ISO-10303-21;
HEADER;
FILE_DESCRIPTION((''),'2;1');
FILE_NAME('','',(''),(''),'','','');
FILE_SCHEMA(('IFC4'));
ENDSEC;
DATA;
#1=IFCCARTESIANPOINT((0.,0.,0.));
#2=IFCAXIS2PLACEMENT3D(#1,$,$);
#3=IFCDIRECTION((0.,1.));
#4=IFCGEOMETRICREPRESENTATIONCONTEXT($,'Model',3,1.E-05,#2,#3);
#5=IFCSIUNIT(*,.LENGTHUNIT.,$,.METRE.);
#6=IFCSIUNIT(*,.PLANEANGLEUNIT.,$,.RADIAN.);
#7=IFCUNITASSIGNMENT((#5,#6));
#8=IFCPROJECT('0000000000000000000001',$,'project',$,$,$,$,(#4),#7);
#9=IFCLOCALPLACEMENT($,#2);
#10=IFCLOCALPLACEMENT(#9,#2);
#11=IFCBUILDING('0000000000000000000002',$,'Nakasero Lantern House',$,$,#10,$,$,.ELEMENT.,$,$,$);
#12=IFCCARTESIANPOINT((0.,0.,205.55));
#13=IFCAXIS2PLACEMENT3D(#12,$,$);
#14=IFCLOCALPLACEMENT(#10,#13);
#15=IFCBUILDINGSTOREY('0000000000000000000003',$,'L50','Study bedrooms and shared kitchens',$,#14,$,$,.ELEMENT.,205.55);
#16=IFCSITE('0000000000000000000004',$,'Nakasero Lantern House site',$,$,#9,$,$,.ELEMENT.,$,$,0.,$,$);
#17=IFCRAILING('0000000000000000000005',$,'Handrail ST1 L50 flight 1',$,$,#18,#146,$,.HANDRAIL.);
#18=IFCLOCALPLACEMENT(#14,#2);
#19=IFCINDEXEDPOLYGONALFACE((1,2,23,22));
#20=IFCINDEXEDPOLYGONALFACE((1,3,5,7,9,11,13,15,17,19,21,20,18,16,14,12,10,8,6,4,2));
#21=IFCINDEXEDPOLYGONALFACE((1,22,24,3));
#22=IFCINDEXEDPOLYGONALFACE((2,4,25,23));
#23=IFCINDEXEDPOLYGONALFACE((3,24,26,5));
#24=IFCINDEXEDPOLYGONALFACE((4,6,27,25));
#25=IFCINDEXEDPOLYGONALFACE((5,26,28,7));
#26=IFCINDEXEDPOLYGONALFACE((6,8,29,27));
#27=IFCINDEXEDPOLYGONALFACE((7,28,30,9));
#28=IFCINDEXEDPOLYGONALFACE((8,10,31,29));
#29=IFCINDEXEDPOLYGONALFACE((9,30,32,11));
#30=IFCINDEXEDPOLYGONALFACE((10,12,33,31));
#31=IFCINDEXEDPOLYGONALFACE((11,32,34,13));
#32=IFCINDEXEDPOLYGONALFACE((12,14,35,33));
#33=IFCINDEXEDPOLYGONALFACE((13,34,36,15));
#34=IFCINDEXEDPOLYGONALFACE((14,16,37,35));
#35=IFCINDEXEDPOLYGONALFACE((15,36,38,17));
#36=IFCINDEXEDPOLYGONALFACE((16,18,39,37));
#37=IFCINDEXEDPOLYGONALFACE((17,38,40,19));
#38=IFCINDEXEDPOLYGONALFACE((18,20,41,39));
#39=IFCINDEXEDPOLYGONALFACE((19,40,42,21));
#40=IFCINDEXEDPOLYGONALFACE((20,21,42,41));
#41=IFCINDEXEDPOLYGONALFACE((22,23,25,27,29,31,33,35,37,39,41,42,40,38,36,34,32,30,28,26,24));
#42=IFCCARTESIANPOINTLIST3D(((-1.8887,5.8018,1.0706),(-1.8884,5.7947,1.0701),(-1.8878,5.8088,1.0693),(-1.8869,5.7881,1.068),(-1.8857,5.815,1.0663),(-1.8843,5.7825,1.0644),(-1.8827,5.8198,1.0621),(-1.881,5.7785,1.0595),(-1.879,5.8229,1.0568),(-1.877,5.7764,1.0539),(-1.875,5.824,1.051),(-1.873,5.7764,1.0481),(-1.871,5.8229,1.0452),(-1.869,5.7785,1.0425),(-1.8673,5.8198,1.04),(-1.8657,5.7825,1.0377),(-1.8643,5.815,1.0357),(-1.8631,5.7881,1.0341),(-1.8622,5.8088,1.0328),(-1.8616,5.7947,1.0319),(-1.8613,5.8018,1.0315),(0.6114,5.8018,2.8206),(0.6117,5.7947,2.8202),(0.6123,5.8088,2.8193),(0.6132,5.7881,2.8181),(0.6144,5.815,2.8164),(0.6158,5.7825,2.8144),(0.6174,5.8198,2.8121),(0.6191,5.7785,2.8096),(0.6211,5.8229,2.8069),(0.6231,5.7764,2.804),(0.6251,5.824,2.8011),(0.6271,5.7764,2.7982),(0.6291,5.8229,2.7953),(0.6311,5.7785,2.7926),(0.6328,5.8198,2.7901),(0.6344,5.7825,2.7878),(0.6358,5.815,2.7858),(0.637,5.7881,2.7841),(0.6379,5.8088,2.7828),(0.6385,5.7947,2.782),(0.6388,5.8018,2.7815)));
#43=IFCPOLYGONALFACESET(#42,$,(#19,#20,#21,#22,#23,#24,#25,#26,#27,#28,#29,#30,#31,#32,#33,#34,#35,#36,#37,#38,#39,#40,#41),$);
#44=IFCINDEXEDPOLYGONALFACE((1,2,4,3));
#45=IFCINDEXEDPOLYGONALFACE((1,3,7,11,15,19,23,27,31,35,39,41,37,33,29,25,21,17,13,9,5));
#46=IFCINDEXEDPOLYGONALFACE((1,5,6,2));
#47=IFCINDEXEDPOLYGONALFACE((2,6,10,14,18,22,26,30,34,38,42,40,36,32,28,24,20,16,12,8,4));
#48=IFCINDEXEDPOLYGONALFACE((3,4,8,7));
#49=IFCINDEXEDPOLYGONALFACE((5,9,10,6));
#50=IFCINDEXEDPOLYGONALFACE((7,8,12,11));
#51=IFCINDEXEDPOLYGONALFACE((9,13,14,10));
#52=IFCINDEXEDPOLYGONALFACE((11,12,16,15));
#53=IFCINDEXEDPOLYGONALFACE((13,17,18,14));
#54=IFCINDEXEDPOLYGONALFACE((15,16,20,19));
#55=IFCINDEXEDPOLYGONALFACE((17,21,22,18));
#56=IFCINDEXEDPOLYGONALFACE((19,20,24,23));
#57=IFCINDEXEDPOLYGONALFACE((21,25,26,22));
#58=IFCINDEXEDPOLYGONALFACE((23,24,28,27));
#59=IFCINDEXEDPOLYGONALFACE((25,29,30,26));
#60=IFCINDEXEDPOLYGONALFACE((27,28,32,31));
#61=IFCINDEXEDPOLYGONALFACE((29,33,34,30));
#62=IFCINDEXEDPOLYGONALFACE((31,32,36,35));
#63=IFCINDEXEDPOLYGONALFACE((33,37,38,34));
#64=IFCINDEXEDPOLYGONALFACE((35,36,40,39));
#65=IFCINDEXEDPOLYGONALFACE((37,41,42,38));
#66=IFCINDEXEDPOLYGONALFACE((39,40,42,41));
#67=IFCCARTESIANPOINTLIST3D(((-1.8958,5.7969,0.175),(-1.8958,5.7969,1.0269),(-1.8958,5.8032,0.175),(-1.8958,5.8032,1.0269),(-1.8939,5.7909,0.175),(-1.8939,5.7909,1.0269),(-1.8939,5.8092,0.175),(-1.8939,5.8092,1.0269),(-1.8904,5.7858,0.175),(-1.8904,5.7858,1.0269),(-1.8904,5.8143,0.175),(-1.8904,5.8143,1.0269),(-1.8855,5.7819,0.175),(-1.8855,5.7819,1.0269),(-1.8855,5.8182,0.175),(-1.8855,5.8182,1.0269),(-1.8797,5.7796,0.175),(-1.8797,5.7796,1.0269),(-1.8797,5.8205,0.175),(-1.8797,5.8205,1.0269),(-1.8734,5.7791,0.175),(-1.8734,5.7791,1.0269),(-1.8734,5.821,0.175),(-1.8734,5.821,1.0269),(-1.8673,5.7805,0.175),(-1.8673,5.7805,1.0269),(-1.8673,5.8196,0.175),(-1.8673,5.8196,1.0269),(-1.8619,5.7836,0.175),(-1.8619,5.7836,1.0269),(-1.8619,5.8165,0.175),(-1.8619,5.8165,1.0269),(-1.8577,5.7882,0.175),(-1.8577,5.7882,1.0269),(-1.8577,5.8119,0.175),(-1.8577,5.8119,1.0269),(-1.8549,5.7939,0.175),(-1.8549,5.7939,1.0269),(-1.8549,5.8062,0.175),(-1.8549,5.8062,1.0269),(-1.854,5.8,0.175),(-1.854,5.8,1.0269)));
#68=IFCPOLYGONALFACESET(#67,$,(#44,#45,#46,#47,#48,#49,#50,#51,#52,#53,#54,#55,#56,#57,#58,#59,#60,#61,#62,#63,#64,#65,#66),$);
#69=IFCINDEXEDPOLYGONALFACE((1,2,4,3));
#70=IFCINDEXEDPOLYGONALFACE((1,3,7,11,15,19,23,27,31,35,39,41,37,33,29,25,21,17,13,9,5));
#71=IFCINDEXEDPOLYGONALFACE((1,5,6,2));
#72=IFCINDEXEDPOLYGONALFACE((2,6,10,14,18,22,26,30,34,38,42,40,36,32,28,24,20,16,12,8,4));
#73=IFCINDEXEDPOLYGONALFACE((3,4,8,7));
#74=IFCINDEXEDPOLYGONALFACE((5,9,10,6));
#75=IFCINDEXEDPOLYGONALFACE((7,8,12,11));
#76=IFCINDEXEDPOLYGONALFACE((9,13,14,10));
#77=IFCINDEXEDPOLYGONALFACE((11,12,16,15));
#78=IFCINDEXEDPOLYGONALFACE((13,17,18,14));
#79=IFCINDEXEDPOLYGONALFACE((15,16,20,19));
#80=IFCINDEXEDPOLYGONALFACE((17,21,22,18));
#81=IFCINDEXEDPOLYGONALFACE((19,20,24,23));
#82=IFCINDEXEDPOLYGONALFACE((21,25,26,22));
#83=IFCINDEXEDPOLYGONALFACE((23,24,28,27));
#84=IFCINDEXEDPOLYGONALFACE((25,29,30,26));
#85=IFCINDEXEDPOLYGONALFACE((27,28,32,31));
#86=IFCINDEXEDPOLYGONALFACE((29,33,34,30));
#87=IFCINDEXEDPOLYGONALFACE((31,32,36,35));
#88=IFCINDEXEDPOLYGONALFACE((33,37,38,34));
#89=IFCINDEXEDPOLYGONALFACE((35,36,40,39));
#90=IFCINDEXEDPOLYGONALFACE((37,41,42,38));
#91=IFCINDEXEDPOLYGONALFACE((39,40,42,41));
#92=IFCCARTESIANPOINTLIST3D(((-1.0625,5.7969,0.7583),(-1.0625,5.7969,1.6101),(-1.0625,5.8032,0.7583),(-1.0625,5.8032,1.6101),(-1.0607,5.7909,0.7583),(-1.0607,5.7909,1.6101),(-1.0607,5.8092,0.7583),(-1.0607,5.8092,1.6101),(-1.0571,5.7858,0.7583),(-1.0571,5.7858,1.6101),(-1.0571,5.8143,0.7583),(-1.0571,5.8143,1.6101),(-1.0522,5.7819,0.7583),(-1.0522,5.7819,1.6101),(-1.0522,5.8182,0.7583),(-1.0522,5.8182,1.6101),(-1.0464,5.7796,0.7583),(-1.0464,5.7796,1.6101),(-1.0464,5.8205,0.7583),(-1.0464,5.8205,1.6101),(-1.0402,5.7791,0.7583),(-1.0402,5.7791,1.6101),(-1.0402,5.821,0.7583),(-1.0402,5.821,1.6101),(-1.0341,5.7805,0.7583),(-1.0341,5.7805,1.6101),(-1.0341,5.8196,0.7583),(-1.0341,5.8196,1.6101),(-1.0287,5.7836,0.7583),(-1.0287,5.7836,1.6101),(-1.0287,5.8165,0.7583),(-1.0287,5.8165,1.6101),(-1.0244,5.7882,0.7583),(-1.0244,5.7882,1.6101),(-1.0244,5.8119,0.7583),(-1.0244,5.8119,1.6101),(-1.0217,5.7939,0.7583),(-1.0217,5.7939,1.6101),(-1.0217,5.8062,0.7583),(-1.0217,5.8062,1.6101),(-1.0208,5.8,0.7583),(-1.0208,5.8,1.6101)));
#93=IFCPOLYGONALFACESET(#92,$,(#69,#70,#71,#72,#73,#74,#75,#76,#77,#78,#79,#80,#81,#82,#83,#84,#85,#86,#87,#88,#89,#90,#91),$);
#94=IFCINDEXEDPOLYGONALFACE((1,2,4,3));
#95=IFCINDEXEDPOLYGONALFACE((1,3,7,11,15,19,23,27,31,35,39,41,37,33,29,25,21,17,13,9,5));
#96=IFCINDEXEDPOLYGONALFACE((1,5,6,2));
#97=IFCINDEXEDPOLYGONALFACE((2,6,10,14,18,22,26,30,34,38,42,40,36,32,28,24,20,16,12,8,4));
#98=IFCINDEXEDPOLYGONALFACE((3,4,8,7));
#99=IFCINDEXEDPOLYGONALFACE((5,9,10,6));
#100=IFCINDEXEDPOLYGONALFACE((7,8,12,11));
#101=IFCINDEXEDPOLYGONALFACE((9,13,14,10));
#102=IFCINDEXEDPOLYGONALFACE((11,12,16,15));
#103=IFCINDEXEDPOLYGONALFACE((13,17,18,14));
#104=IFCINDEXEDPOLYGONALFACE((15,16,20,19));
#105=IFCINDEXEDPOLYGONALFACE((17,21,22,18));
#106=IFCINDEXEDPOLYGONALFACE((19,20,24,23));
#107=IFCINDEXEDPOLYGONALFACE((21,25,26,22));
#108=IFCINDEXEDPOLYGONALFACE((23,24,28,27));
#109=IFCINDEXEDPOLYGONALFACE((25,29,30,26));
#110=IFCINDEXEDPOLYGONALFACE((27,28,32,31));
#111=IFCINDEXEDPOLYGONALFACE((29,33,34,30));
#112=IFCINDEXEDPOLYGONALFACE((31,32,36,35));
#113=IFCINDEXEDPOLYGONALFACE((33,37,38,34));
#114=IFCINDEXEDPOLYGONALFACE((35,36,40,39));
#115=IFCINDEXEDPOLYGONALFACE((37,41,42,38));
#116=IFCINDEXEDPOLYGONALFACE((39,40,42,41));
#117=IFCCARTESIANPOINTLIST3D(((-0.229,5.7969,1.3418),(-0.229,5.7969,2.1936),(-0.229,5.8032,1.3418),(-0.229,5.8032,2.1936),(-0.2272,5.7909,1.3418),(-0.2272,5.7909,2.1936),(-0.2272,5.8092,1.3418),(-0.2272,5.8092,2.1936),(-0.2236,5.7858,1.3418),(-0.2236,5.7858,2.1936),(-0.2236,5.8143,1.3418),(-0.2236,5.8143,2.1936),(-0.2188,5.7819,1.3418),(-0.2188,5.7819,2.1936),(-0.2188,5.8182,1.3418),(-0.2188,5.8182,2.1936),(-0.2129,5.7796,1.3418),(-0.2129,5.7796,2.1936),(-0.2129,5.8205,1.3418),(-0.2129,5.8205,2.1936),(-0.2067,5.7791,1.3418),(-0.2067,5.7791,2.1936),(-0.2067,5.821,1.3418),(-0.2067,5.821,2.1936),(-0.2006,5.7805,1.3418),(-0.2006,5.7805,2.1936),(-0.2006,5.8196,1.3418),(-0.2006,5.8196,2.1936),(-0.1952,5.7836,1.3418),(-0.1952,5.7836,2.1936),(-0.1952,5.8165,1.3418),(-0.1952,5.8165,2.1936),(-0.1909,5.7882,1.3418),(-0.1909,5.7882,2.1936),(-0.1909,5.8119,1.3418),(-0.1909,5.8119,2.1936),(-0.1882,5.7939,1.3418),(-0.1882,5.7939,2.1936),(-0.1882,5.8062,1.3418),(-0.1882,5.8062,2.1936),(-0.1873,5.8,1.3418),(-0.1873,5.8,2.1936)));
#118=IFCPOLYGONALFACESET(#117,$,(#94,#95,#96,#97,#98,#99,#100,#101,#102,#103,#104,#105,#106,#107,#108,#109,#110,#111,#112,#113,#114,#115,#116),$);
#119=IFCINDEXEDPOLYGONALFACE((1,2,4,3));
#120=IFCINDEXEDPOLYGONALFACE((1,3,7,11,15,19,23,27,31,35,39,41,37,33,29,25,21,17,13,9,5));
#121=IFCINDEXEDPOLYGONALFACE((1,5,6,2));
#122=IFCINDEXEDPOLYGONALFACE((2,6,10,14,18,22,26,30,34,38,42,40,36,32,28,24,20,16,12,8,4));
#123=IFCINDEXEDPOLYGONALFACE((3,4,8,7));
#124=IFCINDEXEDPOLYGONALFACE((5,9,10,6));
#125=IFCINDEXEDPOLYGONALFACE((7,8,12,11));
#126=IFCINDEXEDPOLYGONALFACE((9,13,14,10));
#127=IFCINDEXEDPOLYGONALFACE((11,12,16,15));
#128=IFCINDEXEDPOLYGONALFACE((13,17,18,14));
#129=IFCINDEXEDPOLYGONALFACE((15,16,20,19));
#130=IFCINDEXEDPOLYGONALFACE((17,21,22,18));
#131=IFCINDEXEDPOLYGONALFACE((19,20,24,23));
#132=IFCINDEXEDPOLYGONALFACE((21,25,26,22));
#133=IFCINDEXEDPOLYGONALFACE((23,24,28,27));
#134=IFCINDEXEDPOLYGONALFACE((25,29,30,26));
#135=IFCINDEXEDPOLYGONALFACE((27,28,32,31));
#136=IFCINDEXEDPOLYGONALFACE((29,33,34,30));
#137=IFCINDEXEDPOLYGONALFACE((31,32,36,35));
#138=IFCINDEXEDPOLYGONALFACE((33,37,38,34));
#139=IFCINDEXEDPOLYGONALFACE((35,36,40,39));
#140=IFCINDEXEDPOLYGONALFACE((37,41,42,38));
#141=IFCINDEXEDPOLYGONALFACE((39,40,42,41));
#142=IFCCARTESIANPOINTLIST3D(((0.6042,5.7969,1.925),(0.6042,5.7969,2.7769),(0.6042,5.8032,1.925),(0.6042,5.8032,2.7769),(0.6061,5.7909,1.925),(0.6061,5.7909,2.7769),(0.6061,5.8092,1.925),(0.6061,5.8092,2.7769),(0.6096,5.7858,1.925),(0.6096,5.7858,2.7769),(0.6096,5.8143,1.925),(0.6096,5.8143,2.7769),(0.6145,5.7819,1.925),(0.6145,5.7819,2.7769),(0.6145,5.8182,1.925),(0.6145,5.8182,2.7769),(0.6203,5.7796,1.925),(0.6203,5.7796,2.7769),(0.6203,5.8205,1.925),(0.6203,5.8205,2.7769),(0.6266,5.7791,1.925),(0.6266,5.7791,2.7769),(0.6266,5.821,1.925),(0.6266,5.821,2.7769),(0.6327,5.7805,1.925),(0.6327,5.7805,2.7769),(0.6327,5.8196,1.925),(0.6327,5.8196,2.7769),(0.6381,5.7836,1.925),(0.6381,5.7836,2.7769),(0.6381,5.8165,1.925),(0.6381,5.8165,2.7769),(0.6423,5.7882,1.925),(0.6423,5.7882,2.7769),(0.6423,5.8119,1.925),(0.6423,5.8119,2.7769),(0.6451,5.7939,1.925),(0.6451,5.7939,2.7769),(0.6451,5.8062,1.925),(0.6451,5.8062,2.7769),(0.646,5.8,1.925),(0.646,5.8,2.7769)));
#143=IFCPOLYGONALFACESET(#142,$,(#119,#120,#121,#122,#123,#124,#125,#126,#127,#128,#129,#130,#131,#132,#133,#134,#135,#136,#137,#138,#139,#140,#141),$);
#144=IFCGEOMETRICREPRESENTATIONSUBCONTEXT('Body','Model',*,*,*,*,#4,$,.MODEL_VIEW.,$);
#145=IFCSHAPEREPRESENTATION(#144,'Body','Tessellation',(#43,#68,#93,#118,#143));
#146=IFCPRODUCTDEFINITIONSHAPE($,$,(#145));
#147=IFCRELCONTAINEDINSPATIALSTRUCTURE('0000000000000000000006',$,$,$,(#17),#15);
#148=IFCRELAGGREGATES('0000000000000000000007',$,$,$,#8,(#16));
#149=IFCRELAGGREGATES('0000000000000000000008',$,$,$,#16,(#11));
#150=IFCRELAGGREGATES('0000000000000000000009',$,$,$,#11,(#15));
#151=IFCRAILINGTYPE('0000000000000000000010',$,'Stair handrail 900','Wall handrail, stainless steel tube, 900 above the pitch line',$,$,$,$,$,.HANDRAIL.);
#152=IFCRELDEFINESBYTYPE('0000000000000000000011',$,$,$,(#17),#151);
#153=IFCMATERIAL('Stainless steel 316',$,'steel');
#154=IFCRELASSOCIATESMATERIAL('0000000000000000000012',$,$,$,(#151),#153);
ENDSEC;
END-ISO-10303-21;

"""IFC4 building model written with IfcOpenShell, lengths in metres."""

from ifc_helpers import new_model, si_unit, direction, frame, origin, origin_2d, place, context, subcontext, project, spatial, circle, extrude, material, type_object, element, save


model = new_model("IFC4")

# Units and contexts
model_context = context("Model", 3, precision=1e-05, world=origin(), true_north=direction((0.0, 1.0)))
body_context = subcontext(model_context, "Body", "Model", "MODEL_VIEW")
ifc_project = project(units=[si_unit("LENGTHUNIT", "METRE"), si_unit("PLANEANGLEUNIT", "RADIAN")], contexts=[model_context])

# Site, building, storey
site_placement = place(None, origin())
site = spatial("IfcSite", under=ifc_project, at=site_placement, Name="Nakasero Lantern House site", CompositionType="ELEMENT", RefElevation=0.0)
building_placement = place(site_placement, origin())
building = spatial("IfcBuilding", under=site, at=building_placement, Name="Nakasero Lantern House", CompositionType="ELEMENT")
storey_placement = place(building_placement, frame((0.0, 0.0, 205.55)))
storey = spatial("IfcBuildingStorey", under=building, at=storey_placement, Name="L50", Description="Study bedrooms and shared kitchens", CompositionType="ELEMENT", Elevation=205.55)

# Railing
ifc_material_1 = material(Name="Stainless steel 316", Category="steel")
railing_type = type_object("IfcRailingType", Name="Stair handrail 900", Description="Wall handrail, stainless steel tube, 900 above the pitch line", PredefinedType="HANDRAIL", material=ifc_material_1)
railing_placement = place(storey_placement, frame((-1.875, 5.8, 0.175)))
element("IfcRailing", 1, at=railing_placement, inside=storey, type_object=railing_type, Name="Handrail ST1 L50 flight 1", PredefinedType="HANDRAIL", context=body_context, shape_type="SweptSolid", body=[
    extrude(circle(Radius=0.0239, at=origin_2d()), frame((0.0, 0.0, 0.876), z_axis=(0.819232, 0.0, 0.573462), x_axis=(0.0, 1.0, 0.0)), (0.0, 0.0, 1.0), 3.0518),
    extrude(circle(Radius=0.021, at=origin_2d()), origin(), (0.0, 0.0, 1.0), 0.8518),
    extrude(circle(Radius=0.021, at=origin_2d()), frame((0.8333, 0.0, 0.5833)), (0.0, 0.0, 1.0), 0.8518),
    extrude(circle(Radius=0.021, at=origin_2d()), frame((1.6667, 0.0, 1.1667)), (0.0, 0.0, 1.0), 0.8518),
    extrude(circle(Radius=0.021, at=origin_2d()), frame((2.5, 0.0, 1.75)), (0.0, 0.0, 1.0), 0.8518),
])

save(model, "model.ifc")
